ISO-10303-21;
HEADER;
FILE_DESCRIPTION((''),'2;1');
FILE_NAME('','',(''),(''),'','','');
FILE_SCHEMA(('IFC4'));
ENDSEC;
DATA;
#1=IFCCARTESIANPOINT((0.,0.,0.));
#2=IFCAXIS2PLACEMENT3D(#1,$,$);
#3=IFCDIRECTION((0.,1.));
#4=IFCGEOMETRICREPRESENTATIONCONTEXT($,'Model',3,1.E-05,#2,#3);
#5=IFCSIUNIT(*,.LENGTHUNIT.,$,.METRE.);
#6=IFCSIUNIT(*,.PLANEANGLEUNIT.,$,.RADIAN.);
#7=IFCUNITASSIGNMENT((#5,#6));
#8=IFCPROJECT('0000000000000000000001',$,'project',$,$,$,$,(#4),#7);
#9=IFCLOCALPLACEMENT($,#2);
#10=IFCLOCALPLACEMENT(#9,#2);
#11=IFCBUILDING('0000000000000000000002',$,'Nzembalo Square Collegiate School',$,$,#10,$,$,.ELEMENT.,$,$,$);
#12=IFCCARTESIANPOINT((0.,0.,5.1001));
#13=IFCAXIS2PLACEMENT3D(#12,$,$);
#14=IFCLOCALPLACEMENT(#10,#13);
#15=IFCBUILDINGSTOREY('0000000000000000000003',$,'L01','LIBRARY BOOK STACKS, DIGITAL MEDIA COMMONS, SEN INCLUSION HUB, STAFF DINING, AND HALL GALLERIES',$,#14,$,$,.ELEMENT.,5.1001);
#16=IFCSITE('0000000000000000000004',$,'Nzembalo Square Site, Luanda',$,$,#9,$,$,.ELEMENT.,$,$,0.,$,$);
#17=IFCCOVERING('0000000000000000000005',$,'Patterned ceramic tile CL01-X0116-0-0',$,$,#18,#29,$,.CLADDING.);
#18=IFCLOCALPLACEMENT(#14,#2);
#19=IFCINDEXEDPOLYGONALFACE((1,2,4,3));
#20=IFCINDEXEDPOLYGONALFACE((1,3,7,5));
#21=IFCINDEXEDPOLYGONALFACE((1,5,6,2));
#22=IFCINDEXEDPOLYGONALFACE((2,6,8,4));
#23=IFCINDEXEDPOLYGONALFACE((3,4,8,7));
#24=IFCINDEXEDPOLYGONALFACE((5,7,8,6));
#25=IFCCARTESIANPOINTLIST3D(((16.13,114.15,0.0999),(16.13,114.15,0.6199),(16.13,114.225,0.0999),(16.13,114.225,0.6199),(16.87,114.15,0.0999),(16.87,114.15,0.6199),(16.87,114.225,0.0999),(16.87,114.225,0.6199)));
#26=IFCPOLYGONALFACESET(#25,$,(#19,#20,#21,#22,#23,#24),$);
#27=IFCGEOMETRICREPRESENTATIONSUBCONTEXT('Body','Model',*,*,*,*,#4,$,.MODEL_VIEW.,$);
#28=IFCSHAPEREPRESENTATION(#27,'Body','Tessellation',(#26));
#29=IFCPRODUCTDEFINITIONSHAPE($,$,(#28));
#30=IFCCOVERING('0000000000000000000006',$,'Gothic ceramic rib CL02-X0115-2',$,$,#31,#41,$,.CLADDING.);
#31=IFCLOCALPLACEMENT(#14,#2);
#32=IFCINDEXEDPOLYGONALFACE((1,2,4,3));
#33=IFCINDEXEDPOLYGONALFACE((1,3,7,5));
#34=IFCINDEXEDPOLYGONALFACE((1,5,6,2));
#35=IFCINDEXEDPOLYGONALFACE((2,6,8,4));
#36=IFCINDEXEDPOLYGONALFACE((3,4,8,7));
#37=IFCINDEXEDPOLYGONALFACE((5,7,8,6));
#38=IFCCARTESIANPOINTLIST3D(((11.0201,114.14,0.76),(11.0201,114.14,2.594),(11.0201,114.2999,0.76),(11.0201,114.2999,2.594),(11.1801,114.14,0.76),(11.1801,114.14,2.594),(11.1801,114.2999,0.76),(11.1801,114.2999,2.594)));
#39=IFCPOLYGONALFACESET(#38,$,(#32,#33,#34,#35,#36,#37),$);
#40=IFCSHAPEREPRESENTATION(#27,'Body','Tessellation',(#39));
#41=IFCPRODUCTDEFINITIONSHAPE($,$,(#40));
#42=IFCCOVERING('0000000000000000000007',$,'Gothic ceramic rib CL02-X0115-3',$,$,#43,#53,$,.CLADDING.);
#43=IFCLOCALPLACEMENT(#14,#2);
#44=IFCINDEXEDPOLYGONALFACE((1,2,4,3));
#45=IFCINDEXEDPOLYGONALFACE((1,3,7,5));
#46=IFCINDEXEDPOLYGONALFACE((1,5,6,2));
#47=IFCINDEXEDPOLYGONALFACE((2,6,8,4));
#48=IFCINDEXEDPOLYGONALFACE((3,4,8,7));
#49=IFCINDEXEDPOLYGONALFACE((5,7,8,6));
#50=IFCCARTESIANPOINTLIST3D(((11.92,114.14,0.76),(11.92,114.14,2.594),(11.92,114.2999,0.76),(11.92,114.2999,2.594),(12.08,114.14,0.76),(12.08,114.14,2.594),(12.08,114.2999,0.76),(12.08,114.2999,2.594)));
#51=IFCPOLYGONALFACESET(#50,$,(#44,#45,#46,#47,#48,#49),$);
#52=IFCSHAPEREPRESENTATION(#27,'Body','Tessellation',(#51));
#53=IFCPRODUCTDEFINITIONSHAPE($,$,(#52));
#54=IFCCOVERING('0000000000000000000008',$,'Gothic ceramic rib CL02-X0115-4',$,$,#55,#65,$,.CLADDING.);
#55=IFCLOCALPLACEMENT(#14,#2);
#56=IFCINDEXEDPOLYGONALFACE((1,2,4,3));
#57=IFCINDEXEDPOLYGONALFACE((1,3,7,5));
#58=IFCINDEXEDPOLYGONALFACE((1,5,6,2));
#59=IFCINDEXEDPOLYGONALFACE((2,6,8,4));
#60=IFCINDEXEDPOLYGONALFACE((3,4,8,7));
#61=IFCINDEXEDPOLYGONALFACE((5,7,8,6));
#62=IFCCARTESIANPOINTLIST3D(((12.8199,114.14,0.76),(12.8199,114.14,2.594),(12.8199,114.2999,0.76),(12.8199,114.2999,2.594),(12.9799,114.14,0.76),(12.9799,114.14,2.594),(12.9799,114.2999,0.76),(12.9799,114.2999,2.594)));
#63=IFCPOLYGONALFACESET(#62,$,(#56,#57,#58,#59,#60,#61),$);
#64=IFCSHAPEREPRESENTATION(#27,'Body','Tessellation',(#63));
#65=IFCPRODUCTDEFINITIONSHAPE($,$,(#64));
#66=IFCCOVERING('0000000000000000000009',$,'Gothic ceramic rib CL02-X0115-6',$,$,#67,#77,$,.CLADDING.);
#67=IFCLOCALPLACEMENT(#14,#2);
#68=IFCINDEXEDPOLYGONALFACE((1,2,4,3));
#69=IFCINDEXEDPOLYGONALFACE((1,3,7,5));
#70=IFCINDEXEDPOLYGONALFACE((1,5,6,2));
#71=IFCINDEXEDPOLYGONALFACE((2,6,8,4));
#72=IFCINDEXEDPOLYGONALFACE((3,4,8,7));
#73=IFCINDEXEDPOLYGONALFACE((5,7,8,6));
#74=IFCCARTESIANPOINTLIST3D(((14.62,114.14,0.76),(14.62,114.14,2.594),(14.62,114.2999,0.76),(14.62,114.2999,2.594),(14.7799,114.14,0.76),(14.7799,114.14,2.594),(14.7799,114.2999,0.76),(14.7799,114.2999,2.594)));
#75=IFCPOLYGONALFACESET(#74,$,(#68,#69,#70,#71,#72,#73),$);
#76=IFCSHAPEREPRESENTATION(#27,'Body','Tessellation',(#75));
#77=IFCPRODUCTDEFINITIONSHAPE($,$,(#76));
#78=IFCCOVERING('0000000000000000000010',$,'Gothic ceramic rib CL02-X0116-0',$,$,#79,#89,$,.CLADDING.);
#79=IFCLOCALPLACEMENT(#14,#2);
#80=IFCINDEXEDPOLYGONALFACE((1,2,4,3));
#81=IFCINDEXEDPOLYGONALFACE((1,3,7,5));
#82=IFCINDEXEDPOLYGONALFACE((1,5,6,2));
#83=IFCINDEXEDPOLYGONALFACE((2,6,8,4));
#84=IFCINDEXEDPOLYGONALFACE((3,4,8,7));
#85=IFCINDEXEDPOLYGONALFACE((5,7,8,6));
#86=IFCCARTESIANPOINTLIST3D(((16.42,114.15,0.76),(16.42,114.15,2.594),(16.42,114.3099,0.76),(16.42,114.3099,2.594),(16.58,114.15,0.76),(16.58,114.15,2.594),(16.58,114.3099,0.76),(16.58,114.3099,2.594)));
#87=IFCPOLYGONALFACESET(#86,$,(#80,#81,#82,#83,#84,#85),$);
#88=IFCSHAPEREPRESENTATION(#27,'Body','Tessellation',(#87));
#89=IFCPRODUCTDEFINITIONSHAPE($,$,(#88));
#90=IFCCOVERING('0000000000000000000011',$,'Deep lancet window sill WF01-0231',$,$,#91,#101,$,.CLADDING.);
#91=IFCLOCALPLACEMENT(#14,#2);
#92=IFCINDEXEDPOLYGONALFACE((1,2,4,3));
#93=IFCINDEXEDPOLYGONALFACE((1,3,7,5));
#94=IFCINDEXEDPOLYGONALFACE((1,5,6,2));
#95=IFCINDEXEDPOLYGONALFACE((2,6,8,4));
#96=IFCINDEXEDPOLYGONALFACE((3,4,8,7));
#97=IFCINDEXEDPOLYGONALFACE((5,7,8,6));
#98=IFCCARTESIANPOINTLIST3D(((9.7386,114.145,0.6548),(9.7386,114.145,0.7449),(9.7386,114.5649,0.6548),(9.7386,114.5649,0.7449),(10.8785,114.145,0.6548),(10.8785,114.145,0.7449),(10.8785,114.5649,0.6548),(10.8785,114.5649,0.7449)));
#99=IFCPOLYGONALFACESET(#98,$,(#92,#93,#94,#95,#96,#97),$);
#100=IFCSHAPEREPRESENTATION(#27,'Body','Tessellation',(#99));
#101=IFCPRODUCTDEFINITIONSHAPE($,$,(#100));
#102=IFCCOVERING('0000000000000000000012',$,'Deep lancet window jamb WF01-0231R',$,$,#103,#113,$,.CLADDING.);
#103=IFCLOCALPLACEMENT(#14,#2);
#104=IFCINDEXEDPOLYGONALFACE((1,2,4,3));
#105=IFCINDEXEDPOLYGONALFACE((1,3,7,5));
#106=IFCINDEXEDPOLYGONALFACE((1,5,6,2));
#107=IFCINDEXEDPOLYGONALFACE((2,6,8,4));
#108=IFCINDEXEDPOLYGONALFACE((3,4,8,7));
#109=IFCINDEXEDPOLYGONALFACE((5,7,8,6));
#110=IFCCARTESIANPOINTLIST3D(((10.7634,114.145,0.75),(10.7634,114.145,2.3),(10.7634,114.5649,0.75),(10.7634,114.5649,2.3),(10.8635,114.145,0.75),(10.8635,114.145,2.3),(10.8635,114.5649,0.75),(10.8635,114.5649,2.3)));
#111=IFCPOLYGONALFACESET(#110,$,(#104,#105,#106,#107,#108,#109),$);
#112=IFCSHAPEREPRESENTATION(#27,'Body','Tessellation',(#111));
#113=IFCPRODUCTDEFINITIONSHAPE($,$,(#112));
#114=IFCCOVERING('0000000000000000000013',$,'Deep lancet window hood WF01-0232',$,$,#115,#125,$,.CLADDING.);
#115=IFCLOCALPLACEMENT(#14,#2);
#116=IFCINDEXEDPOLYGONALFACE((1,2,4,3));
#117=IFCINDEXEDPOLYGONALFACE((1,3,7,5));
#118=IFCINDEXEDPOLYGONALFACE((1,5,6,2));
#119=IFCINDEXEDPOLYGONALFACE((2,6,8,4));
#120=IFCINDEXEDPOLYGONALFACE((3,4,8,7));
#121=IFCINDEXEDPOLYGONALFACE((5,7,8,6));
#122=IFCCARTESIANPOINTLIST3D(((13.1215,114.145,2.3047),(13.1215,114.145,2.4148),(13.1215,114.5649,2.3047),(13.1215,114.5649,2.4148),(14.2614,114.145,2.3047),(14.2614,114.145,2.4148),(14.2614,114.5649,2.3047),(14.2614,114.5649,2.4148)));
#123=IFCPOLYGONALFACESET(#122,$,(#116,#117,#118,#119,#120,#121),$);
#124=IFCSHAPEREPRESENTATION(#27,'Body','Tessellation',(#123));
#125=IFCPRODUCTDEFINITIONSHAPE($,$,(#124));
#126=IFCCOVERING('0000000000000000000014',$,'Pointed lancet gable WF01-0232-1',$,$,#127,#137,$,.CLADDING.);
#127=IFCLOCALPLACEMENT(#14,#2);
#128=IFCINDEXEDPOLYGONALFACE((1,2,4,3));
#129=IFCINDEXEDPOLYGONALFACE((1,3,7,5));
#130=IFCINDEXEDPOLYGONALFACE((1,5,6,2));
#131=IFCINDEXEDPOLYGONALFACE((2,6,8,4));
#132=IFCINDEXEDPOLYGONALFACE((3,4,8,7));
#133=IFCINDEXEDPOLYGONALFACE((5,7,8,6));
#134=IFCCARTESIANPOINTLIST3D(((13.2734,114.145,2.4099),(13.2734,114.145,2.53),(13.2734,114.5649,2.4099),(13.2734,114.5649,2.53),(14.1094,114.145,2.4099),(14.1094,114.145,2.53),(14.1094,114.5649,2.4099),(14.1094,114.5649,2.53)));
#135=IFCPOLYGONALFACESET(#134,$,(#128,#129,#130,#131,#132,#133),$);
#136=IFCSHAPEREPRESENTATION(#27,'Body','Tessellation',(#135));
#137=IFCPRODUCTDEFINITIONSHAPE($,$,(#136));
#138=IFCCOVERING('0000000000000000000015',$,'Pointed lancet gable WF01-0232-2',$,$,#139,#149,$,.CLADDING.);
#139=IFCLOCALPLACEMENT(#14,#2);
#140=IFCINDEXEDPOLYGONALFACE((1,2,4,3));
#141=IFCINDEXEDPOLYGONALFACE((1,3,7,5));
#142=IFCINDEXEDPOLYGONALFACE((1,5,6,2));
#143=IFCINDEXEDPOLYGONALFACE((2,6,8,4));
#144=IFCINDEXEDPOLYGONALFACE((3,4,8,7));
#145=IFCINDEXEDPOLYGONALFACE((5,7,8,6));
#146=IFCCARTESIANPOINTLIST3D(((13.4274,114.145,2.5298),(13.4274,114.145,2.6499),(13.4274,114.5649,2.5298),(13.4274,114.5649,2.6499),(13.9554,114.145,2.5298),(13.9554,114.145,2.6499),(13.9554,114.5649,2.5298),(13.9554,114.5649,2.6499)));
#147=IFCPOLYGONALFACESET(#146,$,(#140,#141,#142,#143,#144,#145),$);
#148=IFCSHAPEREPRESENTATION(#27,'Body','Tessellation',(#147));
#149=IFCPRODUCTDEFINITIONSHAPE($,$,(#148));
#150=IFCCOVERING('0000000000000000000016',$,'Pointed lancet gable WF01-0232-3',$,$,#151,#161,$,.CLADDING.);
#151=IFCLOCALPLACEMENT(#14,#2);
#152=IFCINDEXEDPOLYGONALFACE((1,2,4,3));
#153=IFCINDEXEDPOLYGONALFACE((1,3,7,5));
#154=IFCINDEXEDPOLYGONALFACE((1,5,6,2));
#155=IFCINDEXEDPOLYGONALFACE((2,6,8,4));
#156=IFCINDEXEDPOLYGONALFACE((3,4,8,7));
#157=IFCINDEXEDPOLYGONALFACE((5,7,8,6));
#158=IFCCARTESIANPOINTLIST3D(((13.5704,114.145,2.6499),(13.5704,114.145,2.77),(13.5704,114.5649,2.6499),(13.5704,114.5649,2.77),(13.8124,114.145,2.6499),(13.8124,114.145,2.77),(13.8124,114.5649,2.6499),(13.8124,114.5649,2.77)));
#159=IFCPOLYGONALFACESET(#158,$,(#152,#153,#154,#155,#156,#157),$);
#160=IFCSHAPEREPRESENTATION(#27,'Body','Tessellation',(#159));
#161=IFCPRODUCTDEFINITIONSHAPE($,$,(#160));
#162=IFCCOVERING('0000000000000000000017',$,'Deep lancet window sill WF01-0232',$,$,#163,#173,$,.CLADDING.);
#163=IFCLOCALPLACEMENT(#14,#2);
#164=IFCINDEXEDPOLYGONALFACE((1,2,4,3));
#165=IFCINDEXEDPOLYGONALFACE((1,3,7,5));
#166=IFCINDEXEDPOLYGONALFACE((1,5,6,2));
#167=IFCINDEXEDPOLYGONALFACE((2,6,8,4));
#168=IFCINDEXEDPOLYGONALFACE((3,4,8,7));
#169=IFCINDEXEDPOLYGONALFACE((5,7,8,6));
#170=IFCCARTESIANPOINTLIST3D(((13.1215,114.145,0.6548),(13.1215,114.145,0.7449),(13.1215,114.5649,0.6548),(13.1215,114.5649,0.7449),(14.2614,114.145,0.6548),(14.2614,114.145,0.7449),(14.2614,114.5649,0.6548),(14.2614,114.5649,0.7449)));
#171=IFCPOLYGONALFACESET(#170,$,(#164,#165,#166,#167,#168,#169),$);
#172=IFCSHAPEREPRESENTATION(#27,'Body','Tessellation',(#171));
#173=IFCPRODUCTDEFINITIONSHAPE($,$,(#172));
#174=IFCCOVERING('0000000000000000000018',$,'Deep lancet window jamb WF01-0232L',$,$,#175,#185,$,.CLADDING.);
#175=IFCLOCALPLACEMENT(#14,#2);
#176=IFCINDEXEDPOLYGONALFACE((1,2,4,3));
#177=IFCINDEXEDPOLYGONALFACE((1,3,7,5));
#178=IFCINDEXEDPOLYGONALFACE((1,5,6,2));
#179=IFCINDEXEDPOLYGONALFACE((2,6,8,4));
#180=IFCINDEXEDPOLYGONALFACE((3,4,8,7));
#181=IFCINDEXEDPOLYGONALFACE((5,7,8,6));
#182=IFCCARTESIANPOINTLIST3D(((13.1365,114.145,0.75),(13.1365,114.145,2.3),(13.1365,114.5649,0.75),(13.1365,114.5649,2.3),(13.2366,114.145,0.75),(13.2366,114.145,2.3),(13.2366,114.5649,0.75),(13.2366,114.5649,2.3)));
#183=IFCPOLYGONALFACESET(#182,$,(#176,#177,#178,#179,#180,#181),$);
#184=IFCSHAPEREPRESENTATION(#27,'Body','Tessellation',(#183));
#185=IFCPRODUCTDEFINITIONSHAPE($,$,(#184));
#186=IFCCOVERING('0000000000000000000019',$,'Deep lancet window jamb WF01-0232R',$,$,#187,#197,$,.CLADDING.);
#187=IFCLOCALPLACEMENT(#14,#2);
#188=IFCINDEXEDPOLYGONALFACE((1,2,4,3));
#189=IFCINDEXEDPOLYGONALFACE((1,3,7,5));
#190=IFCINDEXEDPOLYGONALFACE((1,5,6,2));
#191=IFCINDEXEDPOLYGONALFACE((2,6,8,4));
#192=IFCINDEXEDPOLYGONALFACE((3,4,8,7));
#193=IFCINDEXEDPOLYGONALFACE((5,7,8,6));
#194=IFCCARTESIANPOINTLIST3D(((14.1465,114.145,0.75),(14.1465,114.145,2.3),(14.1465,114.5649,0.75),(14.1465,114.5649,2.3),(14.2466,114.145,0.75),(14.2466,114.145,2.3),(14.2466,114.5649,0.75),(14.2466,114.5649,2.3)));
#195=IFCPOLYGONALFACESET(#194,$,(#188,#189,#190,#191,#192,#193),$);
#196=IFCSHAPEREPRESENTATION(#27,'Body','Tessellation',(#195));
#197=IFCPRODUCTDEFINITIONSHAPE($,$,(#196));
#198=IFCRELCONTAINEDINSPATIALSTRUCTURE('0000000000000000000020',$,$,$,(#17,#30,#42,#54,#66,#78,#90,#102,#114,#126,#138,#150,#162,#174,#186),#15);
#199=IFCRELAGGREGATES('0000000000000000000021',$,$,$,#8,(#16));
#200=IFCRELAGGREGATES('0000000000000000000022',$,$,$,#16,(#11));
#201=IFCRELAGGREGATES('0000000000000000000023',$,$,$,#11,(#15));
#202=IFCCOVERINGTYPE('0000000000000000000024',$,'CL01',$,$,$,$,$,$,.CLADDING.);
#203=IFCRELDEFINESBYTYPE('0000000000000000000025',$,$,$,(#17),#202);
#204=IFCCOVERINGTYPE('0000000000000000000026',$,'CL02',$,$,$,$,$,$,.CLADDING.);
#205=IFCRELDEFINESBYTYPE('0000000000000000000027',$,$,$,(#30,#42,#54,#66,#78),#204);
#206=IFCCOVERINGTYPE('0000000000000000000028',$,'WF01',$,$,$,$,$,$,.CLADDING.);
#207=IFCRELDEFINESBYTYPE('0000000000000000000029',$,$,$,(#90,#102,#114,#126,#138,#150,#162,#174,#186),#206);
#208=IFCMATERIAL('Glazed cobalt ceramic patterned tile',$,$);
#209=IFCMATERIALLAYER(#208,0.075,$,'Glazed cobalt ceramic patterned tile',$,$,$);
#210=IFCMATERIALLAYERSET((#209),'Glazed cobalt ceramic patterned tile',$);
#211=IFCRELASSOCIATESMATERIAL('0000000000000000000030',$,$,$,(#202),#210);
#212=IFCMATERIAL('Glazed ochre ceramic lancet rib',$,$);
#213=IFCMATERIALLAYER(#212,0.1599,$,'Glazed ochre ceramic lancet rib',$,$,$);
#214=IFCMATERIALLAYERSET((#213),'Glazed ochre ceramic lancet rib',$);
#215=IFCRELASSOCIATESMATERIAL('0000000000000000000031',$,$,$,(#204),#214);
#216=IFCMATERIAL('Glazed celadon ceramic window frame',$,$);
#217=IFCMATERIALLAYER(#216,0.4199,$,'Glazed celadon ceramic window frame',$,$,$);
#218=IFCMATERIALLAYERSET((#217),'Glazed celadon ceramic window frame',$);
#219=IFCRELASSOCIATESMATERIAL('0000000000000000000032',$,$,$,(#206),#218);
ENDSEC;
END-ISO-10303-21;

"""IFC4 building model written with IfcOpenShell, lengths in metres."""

from ifc_helpers import new_model, si_unit, direction, frame, origin, origin_2d, place, context, subcontext, project, spatial, rectangle, extrude, material, layer, layer_set, type_object, element, save


model = new_model("IFC4")

# Units and contexts
model_context = context("Model", 3, precision=1e-05, world=origin(), true_north=direction((0.0, 1.0)))
body_context = subcontext(model_context, "Body", "Model", "MODEL_VIEW")
ifc_project = project(units=[si_unit("LENGTHUNIT", "METRE"), si_unit("PLANEANGLEUNIT", "RADIAN")], contexts=[model_context])

# Site, building, storey
site_placement = place(None, origin())
site = spatial("IfcSite", under=ifc_project, at=site_placement, Name="Nzembalo Square Site, Luanda", CompositionType="ELEMENT", RefElevation=0.0)
building_placement = place(site_placement, origin())
building = spatial("IfcBuilding", under=site, at=building_placement, Name="Nzembalo Square Collegiate School", CompositionType="ELEMENT")
storey_placement = place(building_placement, frame((0.0, 0.0, 5.1001)))
storey = spatial("IfcBuildingStorey", under=building, at=storey_placement, Name="L01", Description="LIBRARY BOOK STACKS, DIGITAL MEDIA COMMONS, SEN INCLUSION HUB, STAFF DINING, AND HALL GALLERIES", CompositionType="ELEMENT", Elevation=5.1001)

# Coverings
ifc_material_1 = material(Name="Glazed cobalt ceramic patterned tile")
ifc_layer_1 = layer(ifc_material_1, 0.075, Name="Glazed cobalt ceramic patterned tile")
ifc_layer_set_1 = layer_set([ifc_layer_1], Name="Glazed cobalt ceramic patterned tile")
covering_type_1 = type_object("IfcCoveringType", Name="CL01", PredefinedType="CLADDING", material=ifc_layer_set_1)
for number, where, z_axis, x_axis, name in (
    (1, (16.5, 114.1875, 0.0999), (0.0, 0.0, 1.0), (1.0, 0.0, 0.0), "Patterned ceramic tile CL01-X0116-0-0"),
):
    element("IfcCovering", number, at=place(storey_placement, frame(where, z_axis=z_axis, x_axis=x_axis)), inside=storey, type_object=covering_type_1, Name=name, PredefinedType="CLADDING", context=body_context, shape_type="SweptSolid", body=[
        extrude(rectangle(XDim=0.74, YDim=0.075, at=origin_2d()), origin(), (0.0, 0.0, 1.0), 0.52),
    ])
ifc_material_2 = material(Name="Glazed ochre ceramic lancet rib")
ifc_layer_2 = layer(ifc_material_2, 0.1599, Name="Glazed ochre ceramic lancet rib")
ifc_layer_set_2 = layer_set([ifc_layer_2], Name="Glazed ochre ceramic lancet rib")
covering_type_2 = type_object("IfcCoveringType", Name="CL02", PredefinedType="CLADDING", material=ifc_layer_set_2)
for number, where, z_axis, x_axis, name in (
    (2, (11.1001, 114.22, 0.76), (0.0, 0.0, 1.0), (1.0, 0.0, 0.0), "Gothic ceramic rib CL02-X0115-2"),
    (3, (12.0, 114.22, 0.76), (0.0, 0.0, 1.0), (1.0, 0.0, 0.0), "Gothic ceramic rib CL02-X0115-3"),
    (4, (12.8999, 114.22, 0.76), (0.0, 0.0, 1.0), (1.0, 0.0, 0.0), "Gothic ceramic rib CL02-X0115-4"),
    (5, (14.7, 114.22, 0.76), (0.0, 0.0, 1.0), (1.0, 0.0, 0.0), "Gothic ceramic rib CL02-X0115-6"),
    (6, (16.5, 114.23, 0.76), (0.0, 0.0, 1.0), (1.0, 0.0, 0.0), "Gothic ceramic rib CL02-X0116-0"),
):
    element("IfcCovering", number, at=place(storey_placement, frame(where, z_axis=z_axis, x_axis=x_axis)), inside=storey, type_object=covering_type_2, Name=name, PredefinedType="CLADDING", context=body_context, shape_type="SweptSolid", body=[
        extrude(rectangle(XDim=0.1599, YDim=0.1599, at=origin_2d()), origin(), (0.0, 0.0, 1.0), 1.834),
    ])
ifc_material_3 = material(Name="Glazed celadon ceramic window frame")
ifc_layer_3 = layer(ifc_material_3, 0.4199, Name="Glazed celadon ceramic window frame")
ifc_layer_set_3 = layer_set([ifc_layer_3], Name="Glazed celadon ceramic window frame")
covering_type_3 = type_object("IfcCoveringType", Name="WF01", PredefinedType="CLADDING", material=ifc_layer_set_3)
covering_1_placement = place(storey_placement, frame((10.3086, 114.355, 0.6548), z_axis=(0.0, 0.0, 1.0), x_axis=(1.0, 0.0, 0.0)))
element("IfcCovering", 7, at=covering_1_placement, inside=storey, type_object=covering_type_3, Name="Deep lancet window sill WF01-0231", PredefinedType="CLADDING", context=body_context, shape_type="SweptSolid", body=[
    extrude(rectangle(XDim=1.1399, YDim=0.4199, at=origin_2d()), origin(), (0.0, 0.0, 1.0), 0.0901),
])
covering_2_placement = place(storey_placement, frame((10.8135, 114.355, 0.75), z_axis=(0.0, 0.0, 1.0), x_axis=(1.0, 0.0, 0.0)))
element("IfcCovering", 8, at=covering_2_placement, inside=storey, type_object=covering_type_3, Name="Deep lancet window jamb WF01-0231R", PredefinedType="CLADDING", context=body_context, shape_type="SweptSolid", body=[
    extrude(rectangle(XDim=0.1001, YDim=0.4199, at=origin_2d()), origin(), (0.0, 0.0, 1.0), 1.55),
])
covering_3_placement = place(storey_placement, frame((13.6914, 114.355, 2.3047), z_axis=(0.0, 0.0, 1.0), x_axis=(1.0, 0.0, 0.0)))
element("IfcCovering", 9, at=covering_3_placement, inside=storey, type_object=covering_type_3, Name="Deep lancet window hood WF01-0232", PredefinedType="CLADDING", context=body_context, shape_type="SweptSolid", body=[
    extrude(rectangle(XDim=1.1399, YDim=0.4199, at=origin_2d()), origin(), (0.0, 0.0, 1.0), 0.1101),
])
covering_4_placement = place(storey_placement, frame((13.6914, 114.355, 2.4099), z_axis=(0.0, 0.0, 1.0), x_axis=(1.0, 0.0, 0.0)))
element("IfcCovering", 10, at=covering_4_placement, inside=storey, type_object=covering_type_3, Name="Pointed lancet gable WF01-0232-1", PredefinedType="CLADDING", context=body_context, shape_type="SweptSolid", body=[
    extrude(rectangle(XDim=0.8359, YDim=0.4199, at=origin_2d()), origin(), (0.0, 0.0, 1.0), 0.1201),
])
covering_5_placement = place(storey_placement, frame((13.6914, 114.355, 2.5298), z_axis=(0.0, 0.0, 1.0), x_axis=(1.0, 0.0, 0.0)))
element("IfcCovering", 11, at=covering_5_placement, inside=storey, type_object=covering_type_3, Name="Pointed lancet gable WF01-0232-2", PredefinedType="CLADDING", context=body_context, shape_type="SweptSolid", body=[
    extrude(rectangle(XDim=0.5281, YDim=0.4199, at=origin_2d()), origin(), (0.0, 0.0, 1.0), 0.1201),
])
covering_6_placement = place(storey_placement, frame((13.6914, 114.355, 2.6499), z_axis=(0.0, 0.0, 1.0), x_axis=(1.0, 0.0, 0.0)))
element("IfcCovering", 12, at=covering_6_placement, inside=storey, type_object=covering_type_3, Name="Pointed lancet gable WF01-0232-3", PredefinedType="CLADDING", context=body_context, shape_type="SweptSolid", body=[
    extrude(rectangle(XDim=0.2419, YDim=0.4199, at=origin_2d()), origin(), (0.0, 0.0, 1.0), 0.1201),
])
covering_7_placement = place(storey_placement, frame((13.6914, 114.355, 0.6548), z_axis=(0.0, 0.0, 1.0), x_axis=(1.0, 0.0, 0.0)))
element("IfcCovering", 13, at=covering_7_placement, inside=storey, type_object=covering_type_3, Name="Deep lancet window sill WF01-0232", PredefinedType="CLADDING", context=body_context, shape_type="SweptSolid", body=[
    extrude(rectangle(XDim=1.1399, YDim=0.4199, at=origin_2d()), origin(), (0.0, 0.0, 1.0), 0.0901),
])
for number, where, z_axis, x_axis, name in (
    (14, (13.1865, 114.355, 0.75), (0.0, 0.0, 1.0), (1.0, 0.0, 0.0), "Deep lancet window jamb WF01-0232L"),
    (15, (14.1965, 114.355, 0.75), (0.0, 0.0, 1.0), (1.0, 0.0, 0.0), "Deep lancet window jamb WF01-0232R"),
):
    element("IfcCovering", number, at=place(storey_placement, frame(where, z_axis=z_axis, x_axis=x_axis)), inside=storey, type_object=covering_type_3, Name=name, PredefinedType="CLADDING", context=body_context, shape_type="SweptSolid", body=[
        extrude(rectangle(XDim=0.1001, YDim=0.4199, at=origin_2d()), origin(), (0.0, 0.0, 1.0), 1.55),
    ])

save(model, "model.ifc")
